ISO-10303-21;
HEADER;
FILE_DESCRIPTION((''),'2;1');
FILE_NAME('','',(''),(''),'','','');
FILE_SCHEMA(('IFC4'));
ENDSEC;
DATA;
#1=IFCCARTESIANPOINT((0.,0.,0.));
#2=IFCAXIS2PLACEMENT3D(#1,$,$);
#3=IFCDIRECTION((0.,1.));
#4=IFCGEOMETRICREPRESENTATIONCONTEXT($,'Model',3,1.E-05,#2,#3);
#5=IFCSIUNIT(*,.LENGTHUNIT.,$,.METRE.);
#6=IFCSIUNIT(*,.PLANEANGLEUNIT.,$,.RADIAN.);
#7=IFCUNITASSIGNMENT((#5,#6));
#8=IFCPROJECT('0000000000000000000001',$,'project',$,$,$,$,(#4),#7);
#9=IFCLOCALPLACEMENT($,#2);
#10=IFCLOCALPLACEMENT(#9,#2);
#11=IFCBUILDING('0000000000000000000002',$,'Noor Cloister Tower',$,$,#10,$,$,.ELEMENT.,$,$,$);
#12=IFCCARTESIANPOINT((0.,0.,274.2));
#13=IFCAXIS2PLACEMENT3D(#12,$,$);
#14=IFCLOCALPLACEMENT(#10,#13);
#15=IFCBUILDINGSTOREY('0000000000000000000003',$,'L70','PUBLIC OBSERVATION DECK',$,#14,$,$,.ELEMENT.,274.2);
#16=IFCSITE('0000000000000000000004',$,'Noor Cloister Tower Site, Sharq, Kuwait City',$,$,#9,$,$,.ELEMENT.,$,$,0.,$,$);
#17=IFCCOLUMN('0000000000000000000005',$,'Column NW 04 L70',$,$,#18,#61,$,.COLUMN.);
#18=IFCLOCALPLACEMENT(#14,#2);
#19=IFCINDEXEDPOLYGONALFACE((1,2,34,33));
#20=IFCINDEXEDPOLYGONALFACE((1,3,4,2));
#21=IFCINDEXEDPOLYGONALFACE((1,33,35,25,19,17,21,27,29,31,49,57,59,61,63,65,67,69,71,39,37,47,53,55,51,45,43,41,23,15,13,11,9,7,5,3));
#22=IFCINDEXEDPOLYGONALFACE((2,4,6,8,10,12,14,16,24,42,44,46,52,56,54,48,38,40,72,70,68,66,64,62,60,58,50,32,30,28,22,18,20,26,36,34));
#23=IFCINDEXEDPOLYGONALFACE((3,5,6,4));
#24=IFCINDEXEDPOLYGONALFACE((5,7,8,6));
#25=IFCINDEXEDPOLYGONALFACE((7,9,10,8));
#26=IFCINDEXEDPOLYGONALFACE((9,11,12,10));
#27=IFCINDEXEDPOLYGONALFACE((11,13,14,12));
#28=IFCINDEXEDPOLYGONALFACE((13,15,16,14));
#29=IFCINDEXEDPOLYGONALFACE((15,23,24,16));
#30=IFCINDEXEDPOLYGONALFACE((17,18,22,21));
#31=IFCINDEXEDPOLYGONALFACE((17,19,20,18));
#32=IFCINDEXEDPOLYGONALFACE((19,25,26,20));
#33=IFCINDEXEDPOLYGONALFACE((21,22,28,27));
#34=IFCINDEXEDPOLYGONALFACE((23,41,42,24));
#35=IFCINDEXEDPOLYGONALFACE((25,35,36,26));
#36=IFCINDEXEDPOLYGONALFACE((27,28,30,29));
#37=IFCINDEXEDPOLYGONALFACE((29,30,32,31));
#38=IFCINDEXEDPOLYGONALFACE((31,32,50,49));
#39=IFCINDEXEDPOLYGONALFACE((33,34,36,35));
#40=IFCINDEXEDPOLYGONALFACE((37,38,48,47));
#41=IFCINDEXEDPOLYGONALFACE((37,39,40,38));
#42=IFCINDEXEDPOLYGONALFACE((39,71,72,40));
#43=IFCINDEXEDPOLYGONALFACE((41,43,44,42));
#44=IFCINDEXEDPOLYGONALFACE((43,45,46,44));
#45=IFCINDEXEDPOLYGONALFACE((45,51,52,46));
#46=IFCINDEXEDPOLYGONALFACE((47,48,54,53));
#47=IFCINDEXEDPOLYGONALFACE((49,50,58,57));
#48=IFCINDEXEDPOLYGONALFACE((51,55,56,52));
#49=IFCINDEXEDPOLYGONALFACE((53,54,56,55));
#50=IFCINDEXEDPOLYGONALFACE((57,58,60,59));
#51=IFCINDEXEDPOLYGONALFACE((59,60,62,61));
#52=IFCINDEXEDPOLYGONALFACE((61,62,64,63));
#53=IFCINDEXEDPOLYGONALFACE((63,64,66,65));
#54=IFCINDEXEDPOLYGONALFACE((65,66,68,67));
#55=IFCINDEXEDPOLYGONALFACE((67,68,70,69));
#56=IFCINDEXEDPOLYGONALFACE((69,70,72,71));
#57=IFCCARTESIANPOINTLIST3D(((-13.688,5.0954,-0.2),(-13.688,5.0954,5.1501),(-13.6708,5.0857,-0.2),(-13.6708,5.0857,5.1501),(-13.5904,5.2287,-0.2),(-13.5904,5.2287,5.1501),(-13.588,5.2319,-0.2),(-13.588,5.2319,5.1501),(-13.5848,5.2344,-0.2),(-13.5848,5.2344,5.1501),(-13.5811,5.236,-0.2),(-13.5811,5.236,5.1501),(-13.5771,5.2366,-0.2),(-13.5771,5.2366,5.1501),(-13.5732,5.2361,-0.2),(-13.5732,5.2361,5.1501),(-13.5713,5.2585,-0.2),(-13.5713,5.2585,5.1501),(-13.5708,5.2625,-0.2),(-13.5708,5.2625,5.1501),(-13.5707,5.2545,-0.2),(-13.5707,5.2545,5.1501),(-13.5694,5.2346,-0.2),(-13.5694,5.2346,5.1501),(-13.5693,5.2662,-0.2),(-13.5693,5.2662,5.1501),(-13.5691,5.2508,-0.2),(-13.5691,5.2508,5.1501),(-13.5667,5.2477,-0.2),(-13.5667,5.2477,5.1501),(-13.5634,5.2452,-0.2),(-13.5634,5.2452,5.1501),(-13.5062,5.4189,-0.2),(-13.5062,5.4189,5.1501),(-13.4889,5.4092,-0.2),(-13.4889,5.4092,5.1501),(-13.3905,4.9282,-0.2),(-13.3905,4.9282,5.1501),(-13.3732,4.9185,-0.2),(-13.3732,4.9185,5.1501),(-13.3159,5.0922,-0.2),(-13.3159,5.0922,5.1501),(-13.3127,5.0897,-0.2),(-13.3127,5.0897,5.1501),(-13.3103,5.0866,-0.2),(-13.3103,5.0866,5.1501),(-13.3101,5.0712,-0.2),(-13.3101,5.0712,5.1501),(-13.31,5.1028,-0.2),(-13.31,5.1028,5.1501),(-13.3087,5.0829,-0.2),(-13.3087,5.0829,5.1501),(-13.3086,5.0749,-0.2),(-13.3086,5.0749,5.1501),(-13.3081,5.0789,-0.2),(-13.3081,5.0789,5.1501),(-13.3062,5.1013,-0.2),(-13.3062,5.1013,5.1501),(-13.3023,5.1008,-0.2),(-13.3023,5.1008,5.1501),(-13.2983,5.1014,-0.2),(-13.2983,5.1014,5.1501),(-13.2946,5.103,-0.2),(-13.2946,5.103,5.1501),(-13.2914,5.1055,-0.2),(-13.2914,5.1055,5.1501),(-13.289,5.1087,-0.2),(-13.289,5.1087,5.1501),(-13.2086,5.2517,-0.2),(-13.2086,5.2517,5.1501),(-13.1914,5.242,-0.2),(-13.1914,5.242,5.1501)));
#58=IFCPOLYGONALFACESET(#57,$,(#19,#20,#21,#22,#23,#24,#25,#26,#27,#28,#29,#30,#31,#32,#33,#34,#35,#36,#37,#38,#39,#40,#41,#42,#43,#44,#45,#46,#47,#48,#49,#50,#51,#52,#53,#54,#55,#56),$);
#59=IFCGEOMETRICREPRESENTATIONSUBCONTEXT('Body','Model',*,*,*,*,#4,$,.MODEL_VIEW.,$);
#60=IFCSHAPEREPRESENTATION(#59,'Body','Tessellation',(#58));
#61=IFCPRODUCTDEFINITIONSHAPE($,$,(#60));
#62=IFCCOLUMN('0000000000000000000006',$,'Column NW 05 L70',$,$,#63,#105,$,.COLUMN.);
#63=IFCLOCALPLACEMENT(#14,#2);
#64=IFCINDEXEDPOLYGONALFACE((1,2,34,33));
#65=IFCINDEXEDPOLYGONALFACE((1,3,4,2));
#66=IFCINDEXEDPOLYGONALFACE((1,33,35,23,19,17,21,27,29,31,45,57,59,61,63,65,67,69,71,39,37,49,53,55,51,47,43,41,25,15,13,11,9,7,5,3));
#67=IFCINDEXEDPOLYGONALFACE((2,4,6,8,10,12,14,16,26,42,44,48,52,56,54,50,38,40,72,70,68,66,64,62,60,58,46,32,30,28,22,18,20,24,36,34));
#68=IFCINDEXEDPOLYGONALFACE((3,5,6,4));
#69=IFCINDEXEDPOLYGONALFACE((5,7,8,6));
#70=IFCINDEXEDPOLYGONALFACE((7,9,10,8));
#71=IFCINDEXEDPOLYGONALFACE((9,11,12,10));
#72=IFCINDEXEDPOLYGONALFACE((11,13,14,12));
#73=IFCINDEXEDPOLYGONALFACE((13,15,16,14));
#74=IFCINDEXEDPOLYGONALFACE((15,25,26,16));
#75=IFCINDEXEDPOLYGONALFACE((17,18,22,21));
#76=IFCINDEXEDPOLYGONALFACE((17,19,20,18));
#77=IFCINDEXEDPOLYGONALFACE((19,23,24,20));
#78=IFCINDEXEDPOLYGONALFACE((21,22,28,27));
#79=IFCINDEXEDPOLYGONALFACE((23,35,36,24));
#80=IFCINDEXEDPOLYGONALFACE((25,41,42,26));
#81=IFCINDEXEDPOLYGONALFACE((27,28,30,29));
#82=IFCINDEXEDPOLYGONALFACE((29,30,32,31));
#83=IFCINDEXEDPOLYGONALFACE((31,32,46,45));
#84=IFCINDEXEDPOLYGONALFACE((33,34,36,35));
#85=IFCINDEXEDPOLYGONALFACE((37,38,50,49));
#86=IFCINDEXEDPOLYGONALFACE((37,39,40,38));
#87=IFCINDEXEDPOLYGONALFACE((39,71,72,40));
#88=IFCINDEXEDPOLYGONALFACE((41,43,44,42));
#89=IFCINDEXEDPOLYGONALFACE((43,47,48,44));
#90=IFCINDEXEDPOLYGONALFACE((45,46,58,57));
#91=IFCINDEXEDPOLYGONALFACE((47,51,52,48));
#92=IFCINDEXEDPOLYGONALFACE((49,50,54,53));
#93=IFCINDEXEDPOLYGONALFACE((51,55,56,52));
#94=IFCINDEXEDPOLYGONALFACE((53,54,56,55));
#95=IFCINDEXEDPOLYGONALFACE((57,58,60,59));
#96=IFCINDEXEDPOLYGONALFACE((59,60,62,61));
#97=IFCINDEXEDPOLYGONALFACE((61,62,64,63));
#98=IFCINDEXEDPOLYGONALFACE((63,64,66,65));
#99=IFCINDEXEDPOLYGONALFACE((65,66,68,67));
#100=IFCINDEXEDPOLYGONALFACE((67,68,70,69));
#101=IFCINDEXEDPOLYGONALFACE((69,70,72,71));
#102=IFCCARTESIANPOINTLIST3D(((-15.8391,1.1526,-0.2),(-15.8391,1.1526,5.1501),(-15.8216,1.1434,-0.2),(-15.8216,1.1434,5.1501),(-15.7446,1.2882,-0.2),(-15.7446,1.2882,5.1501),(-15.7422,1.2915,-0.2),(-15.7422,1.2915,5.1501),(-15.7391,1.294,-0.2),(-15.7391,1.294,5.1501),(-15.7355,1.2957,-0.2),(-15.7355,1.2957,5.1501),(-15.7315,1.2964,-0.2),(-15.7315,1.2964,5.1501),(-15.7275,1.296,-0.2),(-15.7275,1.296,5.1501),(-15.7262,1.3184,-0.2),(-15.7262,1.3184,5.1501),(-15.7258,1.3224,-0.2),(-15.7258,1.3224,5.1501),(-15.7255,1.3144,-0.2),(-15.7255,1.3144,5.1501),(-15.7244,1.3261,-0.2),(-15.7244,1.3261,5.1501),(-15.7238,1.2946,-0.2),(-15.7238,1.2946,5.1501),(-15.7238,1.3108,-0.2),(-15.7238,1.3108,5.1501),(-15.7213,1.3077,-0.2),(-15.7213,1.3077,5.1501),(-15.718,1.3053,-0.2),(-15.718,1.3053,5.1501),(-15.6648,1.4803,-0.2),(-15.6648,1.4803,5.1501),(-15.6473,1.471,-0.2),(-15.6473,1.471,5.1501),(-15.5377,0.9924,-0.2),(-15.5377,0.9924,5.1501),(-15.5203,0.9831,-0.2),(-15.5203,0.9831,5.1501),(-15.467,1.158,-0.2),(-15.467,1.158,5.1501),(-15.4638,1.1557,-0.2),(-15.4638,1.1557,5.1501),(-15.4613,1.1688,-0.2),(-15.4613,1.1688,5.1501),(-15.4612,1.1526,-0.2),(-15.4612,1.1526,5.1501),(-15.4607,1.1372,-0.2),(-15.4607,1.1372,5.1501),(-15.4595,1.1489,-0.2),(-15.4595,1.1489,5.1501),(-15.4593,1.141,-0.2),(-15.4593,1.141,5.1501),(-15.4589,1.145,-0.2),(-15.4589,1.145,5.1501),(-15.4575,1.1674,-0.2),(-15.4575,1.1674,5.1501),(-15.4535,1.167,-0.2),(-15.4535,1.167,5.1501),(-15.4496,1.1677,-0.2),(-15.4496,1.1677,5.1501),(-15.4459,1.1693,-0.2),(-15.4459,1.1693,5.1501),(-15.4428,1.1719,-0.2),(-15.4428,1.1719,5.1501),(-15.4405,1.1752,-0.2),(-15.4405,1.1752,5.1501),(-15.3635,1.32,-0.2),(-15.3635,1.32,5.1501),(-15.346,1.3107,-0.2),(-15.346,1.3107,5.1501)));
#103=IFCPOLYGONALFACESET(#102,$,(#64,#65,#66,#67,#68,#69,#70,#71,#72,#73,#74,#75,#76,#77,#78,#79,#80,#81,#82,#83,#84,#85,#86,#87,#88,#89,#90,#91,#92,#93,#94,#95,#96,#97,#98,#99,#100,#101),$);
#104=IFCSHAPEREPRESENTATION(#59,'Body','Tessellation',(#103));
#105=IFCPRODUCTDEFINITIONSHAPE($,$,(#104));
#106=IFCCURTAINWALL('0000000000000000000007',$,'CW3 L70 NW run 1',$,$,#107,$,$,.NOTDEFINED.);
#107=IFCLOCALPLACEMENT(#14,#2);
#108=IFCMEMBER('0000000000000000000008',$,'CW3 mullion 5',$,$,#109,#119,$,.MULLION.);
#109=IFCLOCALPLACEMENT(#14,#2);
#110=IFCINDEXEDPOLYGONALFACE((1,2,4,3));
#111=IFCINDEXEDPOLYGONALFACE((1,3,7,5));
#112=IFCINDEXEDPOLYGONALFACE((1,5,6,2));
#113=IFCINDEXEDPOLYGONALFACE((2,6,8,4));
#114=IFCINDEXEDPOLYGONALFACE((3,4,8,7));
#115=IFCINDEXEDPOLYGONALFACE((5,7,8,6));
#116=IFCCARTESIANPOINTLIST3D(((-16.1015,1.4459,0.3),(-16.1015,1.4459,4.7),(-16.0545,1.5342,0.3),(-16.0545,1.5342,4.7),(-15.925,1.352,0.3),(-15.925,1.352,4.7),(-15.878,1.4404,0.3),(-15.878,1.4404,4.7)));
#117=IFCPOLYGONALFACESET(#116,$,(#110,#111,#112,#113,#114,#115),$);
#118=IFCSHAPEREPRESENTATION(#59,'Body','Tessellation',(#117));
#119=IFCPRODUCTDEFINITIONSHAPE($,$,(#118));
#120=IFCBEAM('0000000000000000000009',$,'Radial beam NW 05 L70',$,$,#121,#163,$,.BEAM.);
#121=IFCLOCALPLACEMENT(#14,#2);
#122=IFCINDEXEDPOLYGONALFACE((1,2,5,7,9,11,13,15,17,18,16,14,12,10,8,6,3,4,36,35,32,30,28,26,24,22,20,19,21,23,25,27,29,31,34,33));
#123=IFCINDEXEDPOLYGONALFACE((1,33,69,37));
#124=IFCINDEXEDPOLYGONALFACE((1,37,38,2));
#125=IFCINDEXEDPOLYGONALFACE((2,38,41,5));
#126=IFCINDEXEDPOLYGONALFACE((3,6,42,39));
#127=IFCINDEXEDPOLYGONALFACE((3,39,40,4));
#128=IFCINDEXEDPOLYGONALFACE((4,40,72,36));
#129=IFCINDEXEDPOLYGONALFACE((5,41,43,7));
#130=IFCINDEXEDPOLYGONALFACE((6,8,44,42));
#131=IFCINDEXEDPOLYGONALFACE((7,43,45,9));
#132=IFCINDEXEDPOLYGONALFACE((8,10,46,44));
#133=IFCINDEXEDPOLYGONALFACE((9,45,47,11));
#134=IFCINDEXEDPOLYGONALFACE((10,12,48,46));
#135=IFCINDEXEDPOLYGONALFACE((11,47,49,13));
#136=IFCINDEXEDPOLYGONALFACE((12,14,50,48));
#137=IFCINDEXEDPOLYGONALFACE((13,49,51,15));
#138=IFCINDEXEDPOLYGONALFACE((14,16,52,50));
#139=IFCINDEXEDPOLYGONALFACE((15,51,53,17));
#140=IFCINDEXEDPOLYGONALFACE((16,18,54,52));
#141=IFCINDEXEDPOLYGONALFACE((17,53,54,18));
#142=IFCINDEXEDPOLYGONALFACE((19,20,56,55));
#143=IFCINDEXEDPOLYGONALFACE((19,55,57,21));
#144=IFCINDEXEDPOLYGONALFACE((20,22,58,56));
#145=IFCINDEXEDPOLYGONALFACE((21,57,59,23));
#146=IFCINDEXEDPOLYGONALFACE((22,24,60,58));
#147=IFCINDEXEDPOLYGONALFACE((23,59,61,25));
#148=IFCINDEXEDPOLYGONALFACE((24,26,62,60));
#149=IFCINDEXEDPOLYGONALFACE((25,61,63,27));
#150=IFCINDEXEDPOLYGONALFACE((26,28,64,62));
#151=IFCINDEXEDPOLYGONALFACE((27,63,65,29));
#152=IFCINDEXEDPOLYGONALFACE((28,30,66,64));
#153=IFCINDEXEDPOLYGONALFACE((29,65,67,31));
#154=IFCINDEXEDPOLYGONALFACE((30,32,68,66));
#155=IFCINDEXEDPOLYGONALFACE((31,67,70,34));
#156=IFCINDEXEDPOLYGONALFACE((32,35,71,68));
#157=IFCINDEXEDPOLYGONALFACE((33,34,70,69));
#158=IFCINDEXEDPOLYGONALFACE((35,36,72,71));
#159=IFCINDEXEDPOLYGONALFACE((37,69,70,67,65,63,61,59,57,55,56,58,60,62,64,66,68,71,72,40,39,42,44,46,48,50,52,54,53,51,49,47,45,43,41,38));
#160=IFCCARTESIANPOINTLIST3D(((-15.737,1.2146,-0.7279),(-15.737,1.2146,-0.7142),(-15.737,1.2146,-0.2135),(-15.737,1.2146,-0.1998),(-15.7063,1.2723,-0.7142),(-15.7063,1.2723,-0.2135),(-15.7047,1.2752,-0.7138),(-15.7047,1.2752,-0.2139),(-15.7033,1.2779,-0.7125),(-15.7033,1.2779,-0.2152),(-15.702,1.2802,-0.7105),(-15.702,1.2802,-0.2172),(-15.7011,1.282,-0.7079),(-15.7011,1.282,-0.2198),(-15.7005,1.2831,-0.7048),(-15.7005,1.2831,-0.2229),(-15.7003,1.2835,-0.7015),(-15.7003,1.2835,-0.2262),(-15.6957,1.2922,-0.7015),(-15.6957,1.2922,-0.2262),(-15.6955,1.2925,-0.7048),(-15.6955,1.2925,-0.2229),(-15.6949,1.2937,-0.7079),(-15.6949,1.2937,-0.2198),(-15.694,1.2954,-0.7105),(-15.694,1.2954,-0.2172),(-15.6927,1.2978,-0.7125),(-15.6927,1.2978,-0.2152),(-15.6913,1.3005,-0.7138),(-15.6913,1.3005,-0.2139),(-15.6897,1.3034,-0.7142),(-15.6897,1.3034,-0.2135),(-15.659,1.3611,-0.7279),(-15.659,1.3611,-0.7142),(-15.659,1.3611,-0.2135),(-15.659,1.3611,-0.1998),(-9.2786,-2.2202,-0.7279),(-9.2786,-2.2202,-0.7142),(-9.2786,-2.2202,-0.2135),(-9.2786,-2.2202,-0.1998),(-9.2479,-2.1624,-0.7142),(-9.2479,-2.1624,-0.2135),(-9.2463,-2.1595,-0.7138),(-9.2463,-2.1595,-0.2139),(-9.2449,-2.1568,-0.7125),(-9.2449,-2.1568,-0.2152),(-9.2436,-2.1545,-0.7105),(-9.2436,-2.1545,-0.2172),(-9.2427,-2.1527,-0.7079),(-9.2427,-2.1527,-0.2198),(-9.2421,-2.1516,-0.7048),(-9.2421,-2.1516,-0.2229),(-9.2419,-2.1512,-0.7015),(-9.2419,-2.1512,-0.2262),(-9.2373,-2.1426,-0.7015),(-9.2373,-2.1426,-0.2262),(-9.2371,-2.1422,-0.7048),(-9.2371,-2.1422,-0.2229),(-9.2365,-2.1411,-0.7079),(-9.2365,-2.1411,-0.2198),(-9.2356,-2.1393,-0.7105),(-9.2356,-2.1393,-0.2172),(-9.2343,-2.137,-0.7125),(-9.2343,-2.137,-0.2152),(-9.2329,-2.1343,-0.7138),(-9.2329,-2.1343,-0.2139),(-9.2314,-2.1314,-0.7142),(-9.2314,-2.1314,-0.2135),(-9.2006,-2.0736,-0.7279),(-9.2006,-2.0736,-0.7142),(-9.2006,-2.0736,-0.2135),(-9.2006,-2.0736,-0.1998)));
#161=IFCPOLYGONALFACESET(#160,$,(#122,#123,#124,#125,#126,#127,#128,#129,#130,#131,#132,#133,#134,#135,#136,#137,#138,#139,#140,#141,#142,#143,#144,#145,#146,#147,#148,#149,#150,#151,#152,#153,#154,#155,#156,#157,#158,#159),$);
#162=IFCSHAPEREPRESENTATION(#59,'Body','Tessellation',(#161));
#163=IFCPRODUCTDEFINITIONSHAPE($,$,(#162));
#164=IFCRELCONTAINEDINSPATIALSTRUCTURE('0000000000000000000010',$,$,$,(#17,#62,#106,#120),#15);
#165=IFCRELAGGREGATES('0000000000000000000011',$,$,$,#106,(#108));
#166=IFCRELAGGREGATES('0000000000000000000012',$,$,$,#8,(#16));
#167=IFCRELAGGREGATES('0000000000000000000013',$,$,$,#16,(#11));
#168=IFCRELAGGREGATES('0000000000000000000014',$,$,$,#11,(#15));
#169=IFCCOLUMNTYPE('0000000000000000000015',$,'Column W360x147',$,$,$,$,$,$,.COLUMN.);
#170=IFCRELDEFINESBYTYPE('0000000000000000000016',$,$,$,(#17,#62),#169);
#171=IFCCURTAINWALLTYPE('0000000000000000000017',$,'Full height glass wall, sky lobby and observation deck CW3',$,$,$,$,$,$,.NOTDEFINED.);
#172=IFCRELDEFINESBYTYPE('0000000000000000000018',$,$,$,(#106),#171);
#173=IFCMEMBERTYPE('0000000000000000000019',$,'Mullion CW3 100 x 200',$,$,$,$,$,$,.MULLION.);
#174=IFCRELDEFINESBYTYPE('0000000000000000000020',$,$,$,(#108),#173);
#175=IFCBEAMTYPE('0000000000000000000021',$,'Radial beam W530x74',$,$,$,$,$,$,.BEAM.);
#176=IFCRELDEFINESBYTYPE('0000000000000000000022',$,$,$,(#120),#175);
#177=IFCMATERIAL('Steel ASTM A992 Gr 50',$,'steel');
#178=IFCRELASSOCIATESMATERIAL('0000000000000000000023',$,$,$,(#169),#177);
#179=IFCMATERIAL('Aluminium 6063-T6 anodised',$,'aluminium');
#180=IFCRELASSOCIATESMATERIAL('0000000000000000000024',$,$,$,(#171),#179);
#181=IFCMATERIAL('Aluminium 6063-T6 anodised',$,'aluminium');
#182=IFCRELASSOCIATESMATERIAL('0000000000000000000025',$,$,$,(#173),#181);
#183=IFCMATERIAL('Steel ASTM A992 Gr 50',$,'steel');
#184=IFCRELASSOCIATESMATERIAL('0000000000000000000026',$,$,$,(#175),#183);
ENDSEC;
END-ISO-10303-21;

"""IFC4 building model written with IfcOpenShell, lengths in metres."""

from ifc_helpers import new_model, si_unit, direction, frame, origin, origin_2d, place, context, subcontext, project, spatial, rectangle, i_section, extrude, material, material_profile, profile_set, type_object, element, aggregate, save


model = new_model("IFC4")

# Units and contexts
model_context = context("Model", 3, precision=1e-05, world=origin(), true_north=direction((0.0, 1.0)))
body_context = subcontext(model_context, "Body", "Model", "MODEL_VIEW")
ifc_project = project(units=[si_unit("LENGTHUNIT", "METRE"), si_unit("PLANEANGLEUNIT", "RADIAN")], contexts=[model_context])

# Site, building, storey
site_placement = place(None, origin())
site = spatial("IfcSite", under=ifc_project, at=site_placement, Name="Noor Cloister Tower Site, Sharq, Kuwait City", CompositionType="ELEMENT", RefElevation=0.0)
building_placement = place(site_placement, origin())
building = spatial("IfcBuilding", under=site, at=building_placement, Name="Noor Cloister Tower", CompositionType="ELEMENT")
storey_placement = place(building_placement, frame((0.0, 0.0, 274.2)))
storey = spatial("IfcBuildingStorey", under=building, at=storey_placement, Name="L70", Description="PUBLIC OBSERVATION DECK", CompositionType="ELEMENT", Elevation=274.2)

# Columns
ifc_material_1 = material(Name="Steel ASTM A992 Gr 50", Category="steel")
ifc_material_profile_1 = material_profile(ifc_material_1, i_section(OverallWidth=0.3711, OverallDepth=0.3611, WebThickness=0.0122, FlangeThickness=0.0198, FilletRadius=0.0154, at=origin_2d()), Name="W360x147")
ifc_profile_set_1 = profile_set([ifc_material_profile_1], Name="Steel ASTM A992 Gr 50")
column_type = type_object("IfcColumnType", Name="Column W360x147", PredefinedType="COLUMN", material=ifc_profile_set_1)
for number, where, z_axis, x_axis, name in (
    (1, (-13.4397, 5.1687, -0.2), (0.0, 0.0, 1.0), (-0.489924, -0.871765, 0.0), "Column NW 04 L70"),
    (2, (-15.5925, 1.2317, -0.2), (0.0, 0.0, 1.0), (-0.469576, -0.882892, 0.0), "Column NW 05 L70"),
):
    element("IfcColumn", number, at=place(storey_placement, frame(where, z_axis=z_axis, x_axis=x_axis)), inside=storey, type_object=column_type, Name=name, PredefinedType="COLUMN", context=body_context, shape_type="SweptSolid", body=[
        extrude(i_section(OverallWidth=0.3711, OverallDepth=0.3611, WebThickness=0.0122, FlangeThickness=0.0198, FilletRadius=0.0154, at=origin_2d()), origin(), (0.0, 0.0, 1.0), 5.3501),
    ])

# Curtain wall, member
ifc_material_2 = material(Name="Aluminium 6063-T6 anodised", Category="aluminium")
curtain_wall_type = type_object("IfcCurtainWallType", Name="Full height glass wall, sky lobby and observation deck CW3", PredefinedType="NOTDEFINED", material=ifc_material_2)
curtain_wall_placement = place(storey_placement, origin())
curtain_wall = element("IfcCurtainWall", 3, at=curtain_wall_placement, inside=storey, type_object=curtain_wall_type, Name="CW3 L70 NW run 1", PredefinedType="NOTDEFINED")
ifc_material_3 = material(Name="Aluminium 6063-T6 anodised", Category="aluminium")
ifc_material_profile_2 = material_profile(ifc_material_3, rectangle(XDim=0.2, YDim=0.1001, at=origin_2d()), Name="200 x 100 mullion")
ifc_profile_set_2 = profile_set([ifc_material_profile_2], Name="Aluminium 6063-T6 anodised")
member_type = type_object("IfcMemberType", Name="Mullion CW3 100 x 200", PredefinedType="MULLION", material=ifc_profile_set_2)
member_placement = place(storey_placement, frame((-15.9897, 1.4431, 0.3), z_axis=(0.0, 0.0, 1.0), x_axis=(0.882892, -0.469576, 0.0)))
member = element("IfcMember", 4, at=member_placement, type_object=member_type, Name="CW3 mullion 5", PredefinedType="MULLION", context=body_context, shape_type="SweptSolid", body=[
    extrude(rectangle(XDim=0.2, YDim=0.1001, at=origin_2d()), origin(), (0.0, 0.0, 1.0), 4.3999),
])

# Beam
ifc_material_4 = material(Name="Steel ASTM A992 Gr 50", Category="steel")
ifc_material_profile_3 = material_profile(ifc_material_4, i_section(OverallWidth=0.166, OverallDepth=0.5281, WebThickness=0.0098, FlangeThickness=0.0137, FilletRadius=0.0127, at=origin_2d()), Name="W530x74")
ifc_profile_set_3 = profile_set([ifc_material_profile_3], Name="Steel ASTM A992 Gr 50")
beam_type_1 = type_object("IfcBeamType", Name="Radial beam W530x74", PredefinedType="BEAM", material=ifc_profile_set_3)
beam_1_placement = place(storey_placement, frame((-15.698, 1.2878, -0.4639), z_axis=(0.882904, -0.469554, 0.0), x_axis=(0.469554, 0.882904, 0.0)))
element("IfcBeam", 5, at=beam_1_placement, inside=storey, type_object=beam_type_1, Name="Radial beam NW 05 L70", PredefinedType="BEAM", context=body_context, shape_type="SweptSolid", body=[
    extrude(i_section(OverallWidth=0.166, OverallDepth=0.5281, WebThickness=0.0098, FlangeThickness=0.0137, FilletRadius=0.0127, at=origin_2d()), origin(), (0.0, 0.0, 1.0), 7.3149),
])

aggregate(curtain_wall, [member])

save(model, "model.ifc")
